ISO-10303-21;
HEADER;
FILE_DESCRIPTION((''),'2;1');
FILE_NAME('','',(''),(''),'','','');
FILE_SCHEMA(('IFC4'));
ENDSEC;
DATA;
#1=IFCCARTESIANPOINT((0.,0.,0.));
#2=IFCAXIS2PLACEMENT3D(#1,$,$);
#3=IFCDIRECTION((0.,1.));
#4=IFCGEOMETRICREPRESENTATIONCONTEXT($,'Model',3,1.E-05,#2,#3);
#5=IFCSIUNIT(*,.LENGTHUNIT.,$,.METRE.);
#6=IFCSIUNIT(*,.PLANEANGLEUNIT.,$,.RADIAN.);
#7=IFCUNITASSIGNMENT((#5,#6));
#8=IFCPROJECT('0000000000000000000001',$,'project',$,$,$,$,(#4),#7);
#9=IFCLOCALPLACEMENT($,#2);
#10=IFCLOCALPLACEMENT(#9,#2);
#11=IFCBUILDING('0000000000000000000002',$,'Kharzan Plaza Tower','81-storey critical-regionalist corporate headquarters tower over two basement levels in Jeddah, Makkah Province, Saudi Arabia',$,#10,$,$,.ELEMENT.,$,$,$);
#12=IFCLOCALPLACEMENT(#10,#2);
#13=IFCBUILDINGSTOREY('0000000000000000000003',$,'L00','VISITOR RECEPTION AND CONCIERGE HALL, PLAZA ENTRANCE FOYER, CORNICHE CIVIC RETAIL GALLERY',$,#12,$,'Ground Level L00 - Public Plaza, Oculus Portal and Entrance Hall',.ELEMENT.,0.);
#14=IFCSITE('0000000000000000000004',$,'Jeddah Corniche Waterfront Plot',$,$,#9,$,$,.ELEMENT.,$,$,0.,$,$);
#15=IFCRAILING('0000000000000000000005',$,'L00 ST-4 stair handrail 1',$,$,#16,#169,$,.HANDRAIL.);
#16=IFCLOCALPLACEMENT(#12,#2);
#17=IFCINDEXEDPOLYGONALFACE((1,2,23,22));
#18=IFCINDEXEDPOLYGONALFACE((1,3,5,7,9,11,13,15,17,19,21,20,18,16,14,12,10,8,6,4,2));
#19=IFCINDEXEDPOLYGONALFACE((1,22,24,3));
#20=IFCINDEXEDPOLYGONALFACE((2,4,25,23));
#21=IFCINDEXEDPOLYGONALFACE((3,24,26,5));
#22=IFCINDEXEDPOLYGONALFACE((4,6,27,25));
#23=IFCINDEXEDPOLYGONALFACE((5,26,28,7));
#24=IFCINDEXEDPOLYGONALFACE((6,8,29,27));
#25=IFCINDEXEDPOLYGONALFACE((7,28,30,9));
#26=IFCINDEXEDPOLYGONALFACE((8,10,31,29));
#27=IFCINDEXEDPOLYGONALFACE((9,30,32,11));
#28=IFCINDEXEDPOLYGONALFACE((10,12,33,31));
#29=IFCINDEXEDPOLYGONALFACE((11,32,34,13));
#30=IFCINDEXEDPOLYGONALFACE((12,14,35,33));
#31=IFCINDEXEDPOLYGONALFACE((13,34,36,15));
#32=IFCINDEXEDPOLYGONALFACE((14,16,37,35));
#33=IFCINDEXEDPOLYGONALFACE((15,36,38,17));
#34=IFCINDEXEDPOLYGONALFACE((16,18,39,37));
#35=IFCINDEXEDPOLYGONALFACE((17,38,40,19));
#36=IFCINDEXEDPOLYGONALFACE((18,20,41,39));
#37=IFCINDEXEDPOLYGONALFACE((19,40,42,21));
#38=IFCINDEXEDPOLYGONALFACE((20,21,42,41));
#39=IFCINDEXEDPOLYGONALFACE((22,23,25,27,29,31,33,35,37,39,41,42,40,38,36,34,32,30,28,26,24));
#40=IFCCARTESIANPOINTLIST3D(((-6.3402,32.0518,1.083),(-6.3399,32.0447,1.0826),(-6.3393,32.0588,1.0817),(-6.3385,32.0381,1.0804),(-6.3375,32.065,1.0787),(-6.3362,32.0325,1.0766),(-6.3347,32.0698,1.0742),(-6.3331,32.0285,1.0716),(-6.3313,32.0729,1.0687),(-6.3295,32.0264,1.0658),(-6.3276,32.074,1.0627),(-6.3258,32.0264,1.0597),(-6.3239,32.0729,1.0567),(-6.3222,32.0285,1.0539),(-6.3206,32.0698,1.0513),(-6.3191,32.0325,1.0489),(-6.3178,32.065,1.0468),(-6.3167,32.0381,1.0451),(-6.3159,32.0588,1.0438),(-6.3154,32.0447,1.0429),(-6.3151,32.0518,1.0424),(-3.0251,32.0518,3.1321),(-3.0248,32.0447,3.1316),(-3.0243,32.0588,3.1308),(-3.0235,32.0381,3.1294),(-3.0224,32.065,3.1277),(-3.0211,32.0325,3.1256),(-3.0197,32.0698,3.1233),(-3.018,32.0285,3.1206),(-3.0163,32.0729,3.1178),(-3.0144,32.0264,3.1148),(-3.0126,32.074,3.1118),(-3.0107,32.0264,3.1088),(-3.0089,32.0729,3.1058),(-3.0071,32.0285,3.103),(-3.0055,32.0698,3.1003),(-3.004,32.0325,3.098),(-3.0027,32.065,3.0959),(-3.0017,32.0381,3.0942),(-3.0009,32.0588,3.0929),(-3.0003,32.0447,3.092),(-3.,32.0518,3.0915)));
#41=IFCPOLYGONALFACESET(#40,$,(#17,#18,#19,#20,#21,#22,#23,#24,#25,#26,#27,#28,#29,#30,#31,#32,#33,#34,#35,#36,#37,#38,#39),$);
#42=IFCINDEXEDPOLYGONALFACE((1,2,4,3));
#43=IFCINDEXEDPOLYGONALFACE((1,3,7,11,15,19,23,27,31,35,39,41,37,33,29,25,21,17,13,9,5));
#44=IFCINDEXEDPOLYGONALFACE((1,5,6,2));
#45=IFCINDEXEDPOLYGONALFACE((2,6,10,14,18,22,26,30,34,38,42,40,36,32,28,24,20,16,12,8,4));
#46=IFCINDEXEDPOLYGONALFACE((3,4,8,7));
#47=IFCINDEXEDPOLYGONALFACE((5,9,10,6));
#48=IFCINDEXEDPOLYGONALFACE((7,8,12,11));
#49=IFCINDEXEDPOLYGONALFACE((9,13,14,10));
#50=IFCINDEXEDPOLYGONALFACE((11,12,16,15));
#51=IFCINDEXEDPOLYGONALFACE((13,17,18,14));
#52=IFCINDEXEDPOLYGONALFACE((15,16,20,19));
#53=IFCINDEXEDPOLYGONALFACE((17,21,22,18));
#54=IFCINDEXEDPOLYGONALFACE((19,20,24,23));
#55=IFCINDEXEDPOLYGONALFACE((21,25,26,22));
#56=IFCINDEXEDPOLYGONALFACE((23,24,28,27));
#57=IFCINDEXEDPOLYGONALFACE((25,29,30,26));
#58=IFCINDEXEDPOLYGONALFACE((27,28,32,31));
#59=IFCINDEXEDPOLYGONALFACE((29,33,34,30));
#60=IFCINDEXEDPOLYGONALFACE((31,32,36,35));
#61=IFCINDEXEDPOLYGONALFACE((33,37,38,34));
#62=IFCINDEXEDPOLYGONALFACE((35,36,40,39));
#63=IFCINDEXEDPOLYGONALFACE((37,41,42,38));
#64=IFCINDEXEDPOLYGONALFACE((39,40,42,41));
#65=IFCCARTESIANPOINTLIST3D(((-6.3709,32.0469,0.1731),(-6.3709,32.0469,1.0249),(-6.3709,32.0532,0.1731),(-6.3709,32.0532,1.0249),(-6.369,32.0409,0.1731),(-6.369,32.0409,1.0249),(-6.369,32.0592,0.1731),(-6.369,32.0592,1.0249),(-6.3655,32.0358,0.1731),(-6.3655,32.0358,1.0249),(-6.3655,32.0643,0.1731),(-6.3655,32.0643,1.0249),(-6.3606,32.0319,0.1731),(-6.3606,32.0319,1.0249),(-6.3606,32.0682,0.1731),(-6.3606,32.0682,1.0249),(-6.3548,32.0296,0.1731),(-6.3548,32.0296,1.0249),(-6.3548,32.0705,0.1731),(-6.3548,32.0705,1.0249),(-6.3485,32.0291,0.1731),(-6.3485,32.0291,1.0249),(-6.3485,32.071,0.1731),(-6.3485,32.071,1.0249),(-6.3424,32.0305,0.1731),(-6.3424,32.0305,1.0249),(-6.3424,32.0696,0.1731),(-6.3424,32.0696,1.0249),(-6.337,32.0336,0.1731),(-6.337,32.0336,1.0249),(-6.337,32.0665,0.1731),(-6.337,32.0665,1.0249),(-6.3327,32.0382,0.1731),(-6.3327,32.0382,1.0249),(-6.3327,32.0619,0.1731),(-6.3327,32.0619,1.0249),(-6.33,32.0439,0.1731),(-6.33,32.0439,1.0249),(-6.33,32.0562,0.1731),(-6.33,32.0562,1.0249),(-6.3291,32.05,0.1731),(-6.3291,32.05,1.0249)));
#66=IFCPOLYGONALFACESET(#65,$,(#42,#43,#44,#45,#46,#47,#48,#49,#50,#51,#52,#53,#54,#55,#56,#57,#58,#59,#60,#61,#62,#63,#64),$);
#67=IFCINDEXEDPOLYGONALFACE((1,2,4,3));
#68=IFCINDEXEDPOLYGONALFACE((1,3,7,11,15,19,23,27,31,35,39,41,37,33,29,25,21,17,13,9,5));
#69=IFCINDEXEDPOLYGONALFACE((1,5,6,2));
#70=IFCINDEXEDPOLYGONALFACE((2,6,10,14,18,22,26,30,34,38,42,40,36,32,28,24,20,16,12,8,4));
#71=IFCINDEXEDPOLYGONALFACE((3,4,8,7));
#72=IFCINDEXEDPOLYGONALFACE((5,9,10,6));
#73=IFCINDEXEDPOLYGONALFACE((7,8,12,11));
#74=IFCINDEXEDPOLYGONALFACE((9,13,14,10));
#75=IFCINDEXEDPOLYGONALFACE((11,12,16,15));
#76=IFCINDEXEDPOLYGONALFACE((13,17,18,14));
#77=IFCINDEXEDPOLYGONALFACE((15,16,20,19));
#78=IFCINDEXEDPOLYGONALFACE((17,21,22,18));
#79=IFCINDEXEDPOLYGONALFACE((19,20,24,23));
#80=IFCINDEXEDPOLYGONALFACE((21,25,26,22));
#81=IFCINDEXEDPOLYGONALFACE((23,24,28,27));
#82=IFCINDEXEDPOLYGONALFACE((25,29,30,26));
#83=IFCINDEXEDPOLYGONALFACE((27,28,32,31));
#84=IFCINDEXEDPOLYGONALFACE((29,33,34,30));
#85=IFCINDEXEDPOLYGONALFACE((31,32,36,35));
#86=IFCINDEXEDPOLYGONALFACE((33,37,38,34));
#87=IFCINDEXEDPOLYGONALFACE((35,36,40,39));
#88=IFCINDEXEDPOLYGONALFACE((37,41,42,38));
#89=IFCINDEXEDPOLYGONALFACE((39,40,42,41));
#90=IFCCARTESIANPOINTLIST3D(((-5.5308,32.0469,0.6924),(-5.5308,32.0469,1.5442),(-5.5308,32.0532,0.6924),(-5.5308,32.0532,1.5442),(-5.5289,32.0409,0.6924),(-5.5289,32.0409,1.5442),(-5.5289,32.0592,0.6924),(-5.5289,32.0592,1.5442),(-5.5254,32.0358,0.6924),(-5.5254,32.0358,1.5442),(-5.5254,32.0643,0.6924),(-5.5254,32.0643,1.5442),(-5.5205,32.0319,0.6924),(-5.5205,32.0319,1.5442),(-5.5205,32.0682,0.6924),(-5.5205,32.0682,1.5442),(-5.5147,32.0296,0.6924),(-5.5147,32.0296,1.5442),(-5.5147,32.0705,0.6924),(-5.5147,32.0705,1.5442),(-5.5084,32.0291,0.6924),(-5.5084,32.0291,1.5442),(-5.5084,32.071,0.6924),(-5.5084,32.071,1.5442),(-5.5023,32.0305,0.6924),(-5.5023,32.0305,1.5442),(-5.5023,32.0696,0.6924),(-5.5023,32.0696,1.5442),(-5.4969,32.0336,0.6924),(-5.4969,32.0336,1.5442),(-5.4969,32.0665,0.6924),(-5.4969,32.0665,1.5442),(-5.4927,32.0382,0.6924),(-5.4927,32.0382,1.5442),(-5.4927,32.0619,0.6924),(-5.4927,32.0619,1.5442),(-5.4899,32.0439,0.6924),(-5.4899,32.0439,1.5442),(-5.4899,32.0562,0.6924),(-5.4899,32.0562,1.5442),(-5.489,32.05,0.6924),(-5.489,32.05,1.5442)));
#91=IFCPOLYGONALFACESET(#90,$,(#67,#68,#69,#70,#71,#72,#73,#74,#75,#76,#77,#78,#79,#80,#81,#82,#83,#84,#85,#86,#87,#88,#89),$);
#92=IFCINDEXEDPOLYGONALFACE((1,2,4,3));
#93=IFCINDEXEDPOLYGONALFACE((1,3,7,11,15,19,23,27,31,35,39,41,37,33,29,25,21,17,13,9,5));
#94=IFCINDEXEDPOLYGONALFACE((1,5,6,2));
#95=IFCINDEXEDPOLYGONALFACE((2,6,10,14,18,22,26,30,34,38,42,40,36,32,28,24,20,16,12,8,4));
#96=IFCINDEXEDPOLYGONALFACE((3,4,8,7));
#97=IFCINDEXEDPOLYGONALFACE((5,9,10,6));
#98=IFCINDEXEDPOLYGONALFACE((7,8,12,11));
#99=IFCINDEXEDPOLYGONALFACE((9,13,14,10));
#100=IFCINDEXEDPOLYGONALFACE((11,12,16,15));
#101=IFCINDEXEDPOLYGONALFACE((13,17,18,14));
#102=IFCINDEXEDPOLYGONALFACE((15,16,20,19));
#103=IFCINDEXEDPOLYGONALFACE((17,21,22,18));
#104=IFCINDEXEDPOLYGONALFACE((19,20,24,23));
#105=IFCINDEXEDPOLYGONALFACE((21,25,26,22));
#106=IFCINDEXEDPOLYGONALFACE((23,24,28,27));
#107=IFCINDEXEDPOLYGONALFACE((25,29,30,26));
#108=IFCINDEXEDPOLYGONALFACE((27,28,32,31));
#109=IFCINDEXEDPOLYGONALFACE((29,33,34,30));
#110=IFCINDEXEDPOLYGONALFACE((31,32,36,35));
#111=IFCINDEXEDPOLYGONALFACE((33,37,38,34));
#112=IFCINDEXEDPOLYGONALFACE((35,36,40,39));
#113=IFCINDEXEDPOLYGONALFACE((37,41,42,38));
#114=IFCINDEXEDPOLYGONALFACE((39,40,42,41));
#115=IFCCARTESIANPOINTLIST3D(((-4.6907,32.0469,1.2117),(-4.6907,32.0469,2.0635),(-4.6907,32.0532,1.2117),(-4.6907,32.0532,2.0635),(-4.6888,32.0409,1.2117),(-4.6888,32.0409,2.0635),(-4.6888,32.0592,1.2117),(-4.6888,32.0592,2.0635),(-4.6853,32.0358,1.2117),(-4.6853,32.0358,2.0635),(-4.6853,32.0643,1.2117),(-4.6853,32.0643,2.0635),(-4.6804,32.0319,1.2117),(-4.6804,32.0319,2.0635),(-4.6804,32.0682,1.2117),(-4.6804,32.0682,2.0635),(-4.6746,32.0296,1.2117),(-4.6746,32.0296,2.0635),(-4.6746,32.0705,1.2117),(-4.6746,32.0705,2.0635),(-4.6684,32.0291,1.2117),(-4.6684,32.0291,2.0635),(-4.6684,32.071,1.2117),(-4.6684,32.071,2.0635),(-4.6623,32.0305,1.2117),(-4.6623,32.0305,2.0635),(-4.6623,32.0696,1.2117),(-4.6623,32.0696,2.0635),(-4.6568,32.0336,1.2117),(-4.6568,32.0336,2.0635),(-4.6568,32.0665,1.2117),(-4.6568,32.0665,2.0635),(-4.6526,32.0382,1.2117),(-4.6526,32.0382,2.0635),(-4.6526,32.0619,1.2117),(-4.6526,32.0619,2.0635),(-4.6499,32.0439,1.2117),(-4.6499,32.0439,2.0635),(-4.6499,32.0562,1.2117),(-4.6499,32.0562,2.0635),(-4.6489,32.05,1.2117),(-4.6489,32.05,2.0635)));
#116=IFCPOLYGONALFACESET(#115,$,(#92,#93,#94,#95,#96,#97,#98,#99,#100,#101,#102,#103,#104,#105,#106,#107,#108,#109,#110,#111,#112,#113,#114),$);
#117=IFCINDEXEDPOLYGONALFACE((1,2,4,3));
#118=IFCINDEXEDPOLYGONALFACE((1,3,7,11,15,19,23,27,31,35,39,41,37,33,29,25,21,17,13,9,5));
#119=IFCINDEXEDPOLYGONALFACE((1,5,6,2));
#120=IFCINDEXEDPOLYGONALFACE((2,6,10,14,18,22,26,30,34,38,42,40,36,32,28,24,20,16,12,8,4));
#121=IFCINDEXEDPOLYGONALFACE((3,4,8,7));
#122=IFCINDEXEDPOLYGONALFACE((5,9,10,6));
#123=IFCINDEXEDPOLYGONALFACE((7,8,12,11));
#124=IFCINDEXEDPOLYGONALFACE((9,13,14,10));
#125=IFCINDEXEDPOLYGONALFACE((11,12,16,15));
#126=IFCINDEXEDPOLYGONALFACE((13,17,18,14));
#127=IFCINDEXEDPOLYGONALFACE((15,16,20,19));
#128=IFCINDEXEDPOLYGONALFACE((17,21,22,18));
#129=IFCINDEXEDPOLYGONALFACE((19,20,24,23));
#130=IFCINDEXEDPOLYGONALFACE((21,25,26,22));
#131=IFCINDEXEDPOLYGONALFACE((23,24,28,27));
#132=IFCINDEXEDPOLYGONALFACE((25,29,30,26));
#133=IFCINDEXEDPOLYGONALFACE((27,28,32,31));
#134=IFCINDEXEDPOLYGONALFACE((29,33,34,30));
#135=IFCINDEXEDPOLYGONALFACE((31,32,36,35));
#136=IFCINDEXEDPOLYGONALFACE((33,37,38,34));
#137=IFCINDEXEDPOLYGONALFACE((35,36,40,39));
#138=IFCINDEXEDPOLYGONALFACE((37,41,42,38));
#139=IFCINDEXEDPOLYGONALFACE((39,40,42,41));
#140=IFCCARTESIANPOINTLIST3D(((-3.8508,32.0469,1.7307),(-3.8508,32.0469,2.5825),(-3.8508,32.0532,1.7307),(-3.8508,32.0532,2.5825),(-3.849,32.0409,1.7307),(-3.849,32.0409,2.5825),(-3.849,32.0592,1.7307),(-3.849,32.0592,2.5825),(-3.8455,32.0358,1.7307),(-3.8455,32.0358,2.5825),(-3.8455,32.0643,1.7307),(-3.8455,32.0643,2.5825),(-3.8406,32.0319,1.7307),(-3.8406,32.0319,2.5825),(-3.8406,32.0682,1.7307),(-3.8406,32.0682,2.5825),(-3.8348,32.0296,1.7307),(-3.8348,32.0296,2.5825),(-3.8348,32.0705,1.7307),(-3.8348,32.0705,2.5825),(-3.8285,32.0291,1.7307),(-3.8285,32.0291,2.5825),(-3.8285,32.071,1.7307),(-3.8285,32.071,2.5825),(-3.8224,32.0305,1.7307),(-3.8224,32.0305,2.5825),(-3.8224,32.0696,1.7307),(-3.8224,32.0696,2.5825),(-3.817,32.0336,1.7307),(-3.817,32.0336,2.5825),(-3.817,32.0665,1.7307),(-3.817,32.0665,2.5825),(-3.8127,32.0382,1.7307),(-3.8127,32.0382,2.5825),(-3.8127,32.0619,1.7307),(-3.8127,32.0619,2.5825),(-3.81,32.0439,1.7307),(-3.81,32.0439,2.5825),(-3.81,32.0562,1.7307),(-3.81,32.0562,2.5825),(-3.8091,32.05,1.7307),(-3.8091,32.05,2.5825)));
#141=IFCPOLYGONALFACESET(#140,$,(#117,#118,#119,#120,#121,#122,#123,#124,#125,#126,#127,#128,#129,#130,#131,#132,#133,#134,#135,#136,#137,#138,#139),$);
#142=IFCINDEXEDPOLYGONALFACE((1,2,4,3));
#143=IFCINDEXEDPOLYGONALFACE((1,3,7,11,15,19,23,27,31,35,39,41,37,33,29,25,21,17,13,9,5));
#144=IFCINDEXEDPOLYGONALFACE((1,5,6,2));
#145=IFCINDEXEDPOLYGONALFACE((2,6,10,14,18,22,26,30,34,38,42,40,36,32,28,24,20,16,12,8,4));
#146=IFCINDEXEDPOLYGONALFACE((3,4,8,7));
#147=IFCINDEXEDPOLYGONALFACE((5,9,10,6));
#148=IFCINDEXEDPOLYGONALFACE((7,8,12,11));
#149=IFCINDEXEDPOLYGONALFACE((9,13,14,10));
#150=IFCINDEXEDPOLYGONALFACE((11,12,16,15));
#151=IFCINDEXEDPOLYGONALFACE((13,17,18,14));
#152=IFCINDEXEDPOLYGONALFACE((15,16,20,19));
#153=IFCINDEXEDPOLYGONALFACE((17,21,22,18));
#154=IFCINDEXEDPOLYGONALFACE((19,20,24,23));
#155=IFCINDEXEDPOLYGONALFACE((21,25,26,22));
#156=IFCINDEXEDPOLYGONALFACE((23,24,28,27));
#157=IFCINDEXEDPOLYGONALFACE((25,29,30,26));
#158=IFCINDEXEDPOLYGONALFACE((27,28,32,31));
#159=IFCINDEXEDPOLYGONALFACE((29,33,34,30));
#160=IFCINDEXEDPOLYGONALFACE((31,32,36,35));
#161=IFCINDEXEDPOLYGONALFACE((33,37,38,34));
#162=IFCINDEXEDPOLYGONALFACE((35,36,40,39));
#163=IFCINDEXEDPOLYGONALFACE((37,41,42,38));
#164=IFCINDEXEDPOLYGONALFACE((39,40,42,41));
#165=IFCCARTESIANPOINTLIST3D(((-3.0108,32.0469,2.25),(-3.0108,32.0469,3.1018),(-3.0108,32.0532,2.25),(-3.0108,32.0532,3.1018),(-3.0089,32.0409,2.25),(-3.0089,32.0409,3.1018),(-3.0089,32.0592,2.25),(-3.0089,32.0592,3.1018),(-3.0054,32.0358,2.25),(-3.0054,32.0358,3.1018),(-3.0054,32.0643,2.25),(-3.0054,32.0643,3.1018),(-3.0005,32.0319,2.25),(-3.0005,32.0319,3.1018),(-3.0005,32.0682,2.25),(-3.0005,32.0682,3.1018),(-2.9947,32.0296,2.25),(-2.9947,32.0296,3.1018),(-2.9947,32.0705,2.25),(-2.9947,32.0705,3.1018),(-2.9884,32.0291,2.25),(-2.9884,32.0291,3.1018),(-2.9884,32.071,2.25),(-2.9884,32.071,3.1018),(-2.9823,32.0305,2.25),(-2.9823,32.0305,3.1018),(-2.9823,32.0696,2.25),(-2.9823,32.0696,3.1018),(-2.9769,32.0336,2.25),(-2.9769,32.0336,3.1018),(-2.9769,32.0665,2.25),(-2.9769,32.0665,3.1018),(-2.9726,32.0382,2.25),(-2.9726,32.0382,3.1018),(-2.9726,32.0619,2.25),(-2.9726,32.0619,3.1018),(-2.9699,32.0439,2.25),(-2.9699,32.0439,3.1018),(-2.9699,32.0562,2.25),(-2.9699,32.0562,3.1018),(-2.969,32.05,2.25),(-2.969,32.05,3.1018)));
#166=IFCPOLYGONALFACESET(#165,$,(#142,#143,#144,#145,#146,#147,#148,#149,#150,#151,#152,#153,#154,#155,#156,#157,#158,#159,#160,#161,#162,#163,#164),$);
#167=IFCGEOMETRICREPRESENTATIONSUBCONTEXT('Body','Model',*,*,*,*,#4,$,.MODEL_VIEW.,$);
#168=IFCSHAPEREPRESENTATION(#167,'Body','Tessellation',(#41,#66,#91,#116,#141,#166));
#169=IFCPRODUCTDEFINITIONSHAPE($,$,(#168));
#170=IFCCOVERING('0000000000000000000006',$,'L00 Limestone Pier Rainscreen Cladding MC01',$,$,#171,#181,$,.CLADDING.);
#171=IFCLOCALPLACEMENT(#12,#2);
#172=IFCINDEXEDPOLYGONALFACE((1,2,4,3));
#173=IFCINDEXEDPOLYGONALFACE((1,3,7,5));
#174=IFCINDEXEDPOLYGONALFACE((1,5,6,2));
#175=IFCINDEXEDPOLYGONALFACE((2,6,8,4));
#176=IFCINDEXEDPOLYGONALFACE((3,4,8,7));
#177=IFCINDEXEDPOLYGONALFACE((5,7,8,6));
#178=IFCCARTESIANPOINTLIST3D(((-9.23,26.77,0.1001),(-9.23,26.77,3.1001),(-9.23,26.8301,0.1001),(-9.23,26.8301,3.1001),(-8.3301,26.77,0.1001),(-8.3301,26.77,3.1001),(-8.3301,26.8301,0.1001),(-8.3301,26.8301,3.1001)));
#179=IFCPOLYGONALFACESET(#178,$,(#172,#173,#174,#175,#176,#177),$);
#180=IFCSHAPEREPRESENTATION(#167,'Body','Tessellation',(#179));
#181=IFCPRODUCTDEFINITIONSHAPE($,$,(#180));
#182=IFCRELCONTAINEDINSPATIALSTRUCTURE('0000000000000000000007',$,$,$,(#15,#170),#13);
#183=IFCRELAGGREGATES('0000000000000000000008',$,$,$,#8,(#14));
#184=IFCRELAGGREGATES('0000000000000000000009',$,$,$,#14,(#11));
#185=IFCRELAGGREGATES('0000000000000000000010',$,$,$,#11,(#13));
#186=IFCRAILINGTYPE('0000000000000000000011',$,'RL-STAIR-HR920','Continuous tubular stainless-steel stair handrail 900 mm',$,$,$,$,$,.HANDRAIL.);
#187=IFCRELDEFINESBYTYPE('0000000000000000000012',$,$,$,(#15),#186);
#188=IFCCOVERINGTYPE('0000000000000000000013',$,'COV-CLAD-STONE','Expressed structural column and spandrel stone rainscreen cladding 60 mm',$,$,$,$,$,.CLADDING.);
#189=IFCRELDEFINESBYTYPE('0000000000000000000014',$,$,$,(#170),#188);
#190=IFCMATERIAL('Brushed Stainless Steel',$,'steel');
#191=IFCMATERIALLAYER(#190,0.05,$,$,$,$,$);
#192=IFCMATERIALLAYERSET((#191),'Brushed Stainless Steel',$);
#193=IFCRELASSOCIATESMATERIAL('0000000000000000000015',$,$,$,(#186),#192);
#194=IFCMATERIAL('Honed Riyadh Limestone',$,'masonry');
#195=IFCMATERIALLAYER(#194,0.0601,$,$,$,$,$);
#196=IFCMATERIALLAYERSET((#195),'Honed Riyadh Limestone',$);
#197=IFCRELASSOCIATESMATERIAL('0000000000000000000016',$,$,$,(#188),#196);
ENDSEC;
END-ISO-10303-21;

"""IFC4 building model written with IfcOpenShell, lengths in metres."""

from ifc_helpers import new_model, si_unit, direction, frame, origin, origin_2d, place, context, subcontext, project, spatial, rectangle, circle, extrude, source, transform, mapped, material, layer, layer_set, type_object, element, save


model = new_model("IFC4")

# Units and contexts
model_context = context("Model", 3, precision=1e-05, world=origin(), true_north=direction((0.0, 1.0)))
body_context = subcontext(model_context, "Body", "Model", "MODEL_VIEW")
ifc_project = project(units=[si_unit("LENGTHUNIT", "METRE"), si_unit("PLANEANGLEUNIT", "RADIAN")], contexts=[model_context])

# Site, building, storey
site_placement = place(None, origin())
site = spatial("IfcSite", under=ifc_project, at=site_placement, Name="Jeddah Corniche Waterfront Plot", CompositionType="ELEMENT", RefElevation=0.0)
building_placement = place(site_placement, origin())
building = spatial("IfcBuilding", under=site, at=building_placement, Name="Kharzan Plaza Tower", Description="81-storey critical-regionalist corporate headquarters tower over two basement levels in Jeddah, Makkah Province, Saudi Arabia", CompositionType="ELEMENT")
storey_placement = place(building_placement, origin())
storey = spatial("IfcBuildingStorey", under=building, at=storey_placement, Name="L00", Description="VISITOR RECEPTION AND CONCIERGE HALL, PLAZA ENTRANCE FOYER, CORNICHE CIVIC RETAIL GALLERY", LongName="Ground Level L00 - Public Plaza, Oculus Portal and Entrance Hall", CompositionType="ELEMENT", Elevation=0.0)

# Railing
ifc_material_1 = material(Name="Brushed Stainless Steel", Category="steel")
ifc_layer_1 = layer(ifc_material_1, 0.05)
ifc_layer_set_1 = layer_set([ifc_layer_1], Name="Brushed Stainless Steel")
railing_type_1 = type_object("IfcRailingType", Name="RL-STAIR-HR920", Description="Continuous tubular stainless-steel stair handrail 900 mm", PredefinedType="HANDRAIL", material=ifc_layer_set_1)
shared_shape_1 = source(origin(), body_context, "Body", "SweptSolid", [
    extrude(circle(Radius=0.0239, at=origin_2d()), frame((0.0225, 0.0, 0.8896), z_axis=(0.850623, 0.0, 0.525776), x_axis=(0.0, 1.0, 0.0)), (0.0, 0.0, 1.0), 3.8972),
    extrude(circle(Radius=0.021, at=origin_2d()), origin(), (0.0, 0.0, 1.0), 0.8518),
    extrude(circle(Radius=0.021, at=origin_2d()), frame((0.8401, 0.0, 0.5193)), (0.0, 0.0, 1.0), 0.8518),
    extrude(circle(Radius=0.021, at=origin_2d()), frame((1.6802, 0.0, 1.0386)), (0.0, 0.0, 1.0), 0.8518),
    extrude(circle(Radius=0.021, at=origin_2d()), frame((2.52, 0.0, 1.5576)), (0.0, 0.0, 1.0), 0.8518),
    extrude(circle(Radius=0.021, at=origin_2d()), frame((3.3601, 0.0, 2.0769)), (0.0, 0.0, 1.0), 0.8518),
])
railing_1_placement = place(storey_placement, frame((-6.3501, 32.05, 0.1731)))
element("IfcRailing", 1, at=railing_1_placement, inside=storey, type_object=railing_type_1, Name="L00 ST-4 stair handrail 1", PredefinedType="HANDRAIL", context=body_context, shape_type="MappedRepresentation", body=[
    mapped(shared_shape_1, transform((0.0, 0.0, 0.0), x_axis=(1.0, 0.0, 0.0), y_axis=(0.0, 1.0, 0.0), z_axis=(0.0, 0.0, 1.0))),
])

# Covering
ifc_material_2 = material(Name="Honed Riyadh Limestone", Category="masonry")
ifc_layer_2 = layer(ifc_material_2, 0.0601)
ifc_layer_set_2 = layer_set([ifc_layer_2], Name="Honed Riyadh Limestone")
covering_type = type_object("IfcCoveringType", Name="COV-CLAD-STONE", Description="Expressed structural column and spandrel stone rainscreen cladding 60 mm", PredefinedType="CLADDING", material=ifc_layer_set_2)
shared_shape_2 = source(origin(), body_context, "Body", "SweptSolid", [
    extrude(rectangle(XDim=0.0601, YDim=0.8999, at=origin_2d()), origin(), (0.0, 0.0, 1.0), 3.0),
])
covering_placement = place(storey_placement, frame((-8.78, 26.8, 0.1001), z_axis=(0.0, 0.0, 1.0), x_axis=(0.0, 1.0, 0.0)))
element("IfcCovering", 2, at=covering_placement, inside=storey, type_object=covering_type, Name="L00 Limestone Pier Rainscreen Cladding MC01", PredefinedType="CLADDING", context=body_context, shape_type="MappedRepresentation", body=[
    mapped(shared_shape_2, transform((0.0, 0.0, 0.0), x_axis=(1.0, 0.0, 0.0), y_axis=(0.0, 1.0, 0.0), z_axis=(0.0, 0.0, 1.0))),
])

save(model, "model.ifc")
